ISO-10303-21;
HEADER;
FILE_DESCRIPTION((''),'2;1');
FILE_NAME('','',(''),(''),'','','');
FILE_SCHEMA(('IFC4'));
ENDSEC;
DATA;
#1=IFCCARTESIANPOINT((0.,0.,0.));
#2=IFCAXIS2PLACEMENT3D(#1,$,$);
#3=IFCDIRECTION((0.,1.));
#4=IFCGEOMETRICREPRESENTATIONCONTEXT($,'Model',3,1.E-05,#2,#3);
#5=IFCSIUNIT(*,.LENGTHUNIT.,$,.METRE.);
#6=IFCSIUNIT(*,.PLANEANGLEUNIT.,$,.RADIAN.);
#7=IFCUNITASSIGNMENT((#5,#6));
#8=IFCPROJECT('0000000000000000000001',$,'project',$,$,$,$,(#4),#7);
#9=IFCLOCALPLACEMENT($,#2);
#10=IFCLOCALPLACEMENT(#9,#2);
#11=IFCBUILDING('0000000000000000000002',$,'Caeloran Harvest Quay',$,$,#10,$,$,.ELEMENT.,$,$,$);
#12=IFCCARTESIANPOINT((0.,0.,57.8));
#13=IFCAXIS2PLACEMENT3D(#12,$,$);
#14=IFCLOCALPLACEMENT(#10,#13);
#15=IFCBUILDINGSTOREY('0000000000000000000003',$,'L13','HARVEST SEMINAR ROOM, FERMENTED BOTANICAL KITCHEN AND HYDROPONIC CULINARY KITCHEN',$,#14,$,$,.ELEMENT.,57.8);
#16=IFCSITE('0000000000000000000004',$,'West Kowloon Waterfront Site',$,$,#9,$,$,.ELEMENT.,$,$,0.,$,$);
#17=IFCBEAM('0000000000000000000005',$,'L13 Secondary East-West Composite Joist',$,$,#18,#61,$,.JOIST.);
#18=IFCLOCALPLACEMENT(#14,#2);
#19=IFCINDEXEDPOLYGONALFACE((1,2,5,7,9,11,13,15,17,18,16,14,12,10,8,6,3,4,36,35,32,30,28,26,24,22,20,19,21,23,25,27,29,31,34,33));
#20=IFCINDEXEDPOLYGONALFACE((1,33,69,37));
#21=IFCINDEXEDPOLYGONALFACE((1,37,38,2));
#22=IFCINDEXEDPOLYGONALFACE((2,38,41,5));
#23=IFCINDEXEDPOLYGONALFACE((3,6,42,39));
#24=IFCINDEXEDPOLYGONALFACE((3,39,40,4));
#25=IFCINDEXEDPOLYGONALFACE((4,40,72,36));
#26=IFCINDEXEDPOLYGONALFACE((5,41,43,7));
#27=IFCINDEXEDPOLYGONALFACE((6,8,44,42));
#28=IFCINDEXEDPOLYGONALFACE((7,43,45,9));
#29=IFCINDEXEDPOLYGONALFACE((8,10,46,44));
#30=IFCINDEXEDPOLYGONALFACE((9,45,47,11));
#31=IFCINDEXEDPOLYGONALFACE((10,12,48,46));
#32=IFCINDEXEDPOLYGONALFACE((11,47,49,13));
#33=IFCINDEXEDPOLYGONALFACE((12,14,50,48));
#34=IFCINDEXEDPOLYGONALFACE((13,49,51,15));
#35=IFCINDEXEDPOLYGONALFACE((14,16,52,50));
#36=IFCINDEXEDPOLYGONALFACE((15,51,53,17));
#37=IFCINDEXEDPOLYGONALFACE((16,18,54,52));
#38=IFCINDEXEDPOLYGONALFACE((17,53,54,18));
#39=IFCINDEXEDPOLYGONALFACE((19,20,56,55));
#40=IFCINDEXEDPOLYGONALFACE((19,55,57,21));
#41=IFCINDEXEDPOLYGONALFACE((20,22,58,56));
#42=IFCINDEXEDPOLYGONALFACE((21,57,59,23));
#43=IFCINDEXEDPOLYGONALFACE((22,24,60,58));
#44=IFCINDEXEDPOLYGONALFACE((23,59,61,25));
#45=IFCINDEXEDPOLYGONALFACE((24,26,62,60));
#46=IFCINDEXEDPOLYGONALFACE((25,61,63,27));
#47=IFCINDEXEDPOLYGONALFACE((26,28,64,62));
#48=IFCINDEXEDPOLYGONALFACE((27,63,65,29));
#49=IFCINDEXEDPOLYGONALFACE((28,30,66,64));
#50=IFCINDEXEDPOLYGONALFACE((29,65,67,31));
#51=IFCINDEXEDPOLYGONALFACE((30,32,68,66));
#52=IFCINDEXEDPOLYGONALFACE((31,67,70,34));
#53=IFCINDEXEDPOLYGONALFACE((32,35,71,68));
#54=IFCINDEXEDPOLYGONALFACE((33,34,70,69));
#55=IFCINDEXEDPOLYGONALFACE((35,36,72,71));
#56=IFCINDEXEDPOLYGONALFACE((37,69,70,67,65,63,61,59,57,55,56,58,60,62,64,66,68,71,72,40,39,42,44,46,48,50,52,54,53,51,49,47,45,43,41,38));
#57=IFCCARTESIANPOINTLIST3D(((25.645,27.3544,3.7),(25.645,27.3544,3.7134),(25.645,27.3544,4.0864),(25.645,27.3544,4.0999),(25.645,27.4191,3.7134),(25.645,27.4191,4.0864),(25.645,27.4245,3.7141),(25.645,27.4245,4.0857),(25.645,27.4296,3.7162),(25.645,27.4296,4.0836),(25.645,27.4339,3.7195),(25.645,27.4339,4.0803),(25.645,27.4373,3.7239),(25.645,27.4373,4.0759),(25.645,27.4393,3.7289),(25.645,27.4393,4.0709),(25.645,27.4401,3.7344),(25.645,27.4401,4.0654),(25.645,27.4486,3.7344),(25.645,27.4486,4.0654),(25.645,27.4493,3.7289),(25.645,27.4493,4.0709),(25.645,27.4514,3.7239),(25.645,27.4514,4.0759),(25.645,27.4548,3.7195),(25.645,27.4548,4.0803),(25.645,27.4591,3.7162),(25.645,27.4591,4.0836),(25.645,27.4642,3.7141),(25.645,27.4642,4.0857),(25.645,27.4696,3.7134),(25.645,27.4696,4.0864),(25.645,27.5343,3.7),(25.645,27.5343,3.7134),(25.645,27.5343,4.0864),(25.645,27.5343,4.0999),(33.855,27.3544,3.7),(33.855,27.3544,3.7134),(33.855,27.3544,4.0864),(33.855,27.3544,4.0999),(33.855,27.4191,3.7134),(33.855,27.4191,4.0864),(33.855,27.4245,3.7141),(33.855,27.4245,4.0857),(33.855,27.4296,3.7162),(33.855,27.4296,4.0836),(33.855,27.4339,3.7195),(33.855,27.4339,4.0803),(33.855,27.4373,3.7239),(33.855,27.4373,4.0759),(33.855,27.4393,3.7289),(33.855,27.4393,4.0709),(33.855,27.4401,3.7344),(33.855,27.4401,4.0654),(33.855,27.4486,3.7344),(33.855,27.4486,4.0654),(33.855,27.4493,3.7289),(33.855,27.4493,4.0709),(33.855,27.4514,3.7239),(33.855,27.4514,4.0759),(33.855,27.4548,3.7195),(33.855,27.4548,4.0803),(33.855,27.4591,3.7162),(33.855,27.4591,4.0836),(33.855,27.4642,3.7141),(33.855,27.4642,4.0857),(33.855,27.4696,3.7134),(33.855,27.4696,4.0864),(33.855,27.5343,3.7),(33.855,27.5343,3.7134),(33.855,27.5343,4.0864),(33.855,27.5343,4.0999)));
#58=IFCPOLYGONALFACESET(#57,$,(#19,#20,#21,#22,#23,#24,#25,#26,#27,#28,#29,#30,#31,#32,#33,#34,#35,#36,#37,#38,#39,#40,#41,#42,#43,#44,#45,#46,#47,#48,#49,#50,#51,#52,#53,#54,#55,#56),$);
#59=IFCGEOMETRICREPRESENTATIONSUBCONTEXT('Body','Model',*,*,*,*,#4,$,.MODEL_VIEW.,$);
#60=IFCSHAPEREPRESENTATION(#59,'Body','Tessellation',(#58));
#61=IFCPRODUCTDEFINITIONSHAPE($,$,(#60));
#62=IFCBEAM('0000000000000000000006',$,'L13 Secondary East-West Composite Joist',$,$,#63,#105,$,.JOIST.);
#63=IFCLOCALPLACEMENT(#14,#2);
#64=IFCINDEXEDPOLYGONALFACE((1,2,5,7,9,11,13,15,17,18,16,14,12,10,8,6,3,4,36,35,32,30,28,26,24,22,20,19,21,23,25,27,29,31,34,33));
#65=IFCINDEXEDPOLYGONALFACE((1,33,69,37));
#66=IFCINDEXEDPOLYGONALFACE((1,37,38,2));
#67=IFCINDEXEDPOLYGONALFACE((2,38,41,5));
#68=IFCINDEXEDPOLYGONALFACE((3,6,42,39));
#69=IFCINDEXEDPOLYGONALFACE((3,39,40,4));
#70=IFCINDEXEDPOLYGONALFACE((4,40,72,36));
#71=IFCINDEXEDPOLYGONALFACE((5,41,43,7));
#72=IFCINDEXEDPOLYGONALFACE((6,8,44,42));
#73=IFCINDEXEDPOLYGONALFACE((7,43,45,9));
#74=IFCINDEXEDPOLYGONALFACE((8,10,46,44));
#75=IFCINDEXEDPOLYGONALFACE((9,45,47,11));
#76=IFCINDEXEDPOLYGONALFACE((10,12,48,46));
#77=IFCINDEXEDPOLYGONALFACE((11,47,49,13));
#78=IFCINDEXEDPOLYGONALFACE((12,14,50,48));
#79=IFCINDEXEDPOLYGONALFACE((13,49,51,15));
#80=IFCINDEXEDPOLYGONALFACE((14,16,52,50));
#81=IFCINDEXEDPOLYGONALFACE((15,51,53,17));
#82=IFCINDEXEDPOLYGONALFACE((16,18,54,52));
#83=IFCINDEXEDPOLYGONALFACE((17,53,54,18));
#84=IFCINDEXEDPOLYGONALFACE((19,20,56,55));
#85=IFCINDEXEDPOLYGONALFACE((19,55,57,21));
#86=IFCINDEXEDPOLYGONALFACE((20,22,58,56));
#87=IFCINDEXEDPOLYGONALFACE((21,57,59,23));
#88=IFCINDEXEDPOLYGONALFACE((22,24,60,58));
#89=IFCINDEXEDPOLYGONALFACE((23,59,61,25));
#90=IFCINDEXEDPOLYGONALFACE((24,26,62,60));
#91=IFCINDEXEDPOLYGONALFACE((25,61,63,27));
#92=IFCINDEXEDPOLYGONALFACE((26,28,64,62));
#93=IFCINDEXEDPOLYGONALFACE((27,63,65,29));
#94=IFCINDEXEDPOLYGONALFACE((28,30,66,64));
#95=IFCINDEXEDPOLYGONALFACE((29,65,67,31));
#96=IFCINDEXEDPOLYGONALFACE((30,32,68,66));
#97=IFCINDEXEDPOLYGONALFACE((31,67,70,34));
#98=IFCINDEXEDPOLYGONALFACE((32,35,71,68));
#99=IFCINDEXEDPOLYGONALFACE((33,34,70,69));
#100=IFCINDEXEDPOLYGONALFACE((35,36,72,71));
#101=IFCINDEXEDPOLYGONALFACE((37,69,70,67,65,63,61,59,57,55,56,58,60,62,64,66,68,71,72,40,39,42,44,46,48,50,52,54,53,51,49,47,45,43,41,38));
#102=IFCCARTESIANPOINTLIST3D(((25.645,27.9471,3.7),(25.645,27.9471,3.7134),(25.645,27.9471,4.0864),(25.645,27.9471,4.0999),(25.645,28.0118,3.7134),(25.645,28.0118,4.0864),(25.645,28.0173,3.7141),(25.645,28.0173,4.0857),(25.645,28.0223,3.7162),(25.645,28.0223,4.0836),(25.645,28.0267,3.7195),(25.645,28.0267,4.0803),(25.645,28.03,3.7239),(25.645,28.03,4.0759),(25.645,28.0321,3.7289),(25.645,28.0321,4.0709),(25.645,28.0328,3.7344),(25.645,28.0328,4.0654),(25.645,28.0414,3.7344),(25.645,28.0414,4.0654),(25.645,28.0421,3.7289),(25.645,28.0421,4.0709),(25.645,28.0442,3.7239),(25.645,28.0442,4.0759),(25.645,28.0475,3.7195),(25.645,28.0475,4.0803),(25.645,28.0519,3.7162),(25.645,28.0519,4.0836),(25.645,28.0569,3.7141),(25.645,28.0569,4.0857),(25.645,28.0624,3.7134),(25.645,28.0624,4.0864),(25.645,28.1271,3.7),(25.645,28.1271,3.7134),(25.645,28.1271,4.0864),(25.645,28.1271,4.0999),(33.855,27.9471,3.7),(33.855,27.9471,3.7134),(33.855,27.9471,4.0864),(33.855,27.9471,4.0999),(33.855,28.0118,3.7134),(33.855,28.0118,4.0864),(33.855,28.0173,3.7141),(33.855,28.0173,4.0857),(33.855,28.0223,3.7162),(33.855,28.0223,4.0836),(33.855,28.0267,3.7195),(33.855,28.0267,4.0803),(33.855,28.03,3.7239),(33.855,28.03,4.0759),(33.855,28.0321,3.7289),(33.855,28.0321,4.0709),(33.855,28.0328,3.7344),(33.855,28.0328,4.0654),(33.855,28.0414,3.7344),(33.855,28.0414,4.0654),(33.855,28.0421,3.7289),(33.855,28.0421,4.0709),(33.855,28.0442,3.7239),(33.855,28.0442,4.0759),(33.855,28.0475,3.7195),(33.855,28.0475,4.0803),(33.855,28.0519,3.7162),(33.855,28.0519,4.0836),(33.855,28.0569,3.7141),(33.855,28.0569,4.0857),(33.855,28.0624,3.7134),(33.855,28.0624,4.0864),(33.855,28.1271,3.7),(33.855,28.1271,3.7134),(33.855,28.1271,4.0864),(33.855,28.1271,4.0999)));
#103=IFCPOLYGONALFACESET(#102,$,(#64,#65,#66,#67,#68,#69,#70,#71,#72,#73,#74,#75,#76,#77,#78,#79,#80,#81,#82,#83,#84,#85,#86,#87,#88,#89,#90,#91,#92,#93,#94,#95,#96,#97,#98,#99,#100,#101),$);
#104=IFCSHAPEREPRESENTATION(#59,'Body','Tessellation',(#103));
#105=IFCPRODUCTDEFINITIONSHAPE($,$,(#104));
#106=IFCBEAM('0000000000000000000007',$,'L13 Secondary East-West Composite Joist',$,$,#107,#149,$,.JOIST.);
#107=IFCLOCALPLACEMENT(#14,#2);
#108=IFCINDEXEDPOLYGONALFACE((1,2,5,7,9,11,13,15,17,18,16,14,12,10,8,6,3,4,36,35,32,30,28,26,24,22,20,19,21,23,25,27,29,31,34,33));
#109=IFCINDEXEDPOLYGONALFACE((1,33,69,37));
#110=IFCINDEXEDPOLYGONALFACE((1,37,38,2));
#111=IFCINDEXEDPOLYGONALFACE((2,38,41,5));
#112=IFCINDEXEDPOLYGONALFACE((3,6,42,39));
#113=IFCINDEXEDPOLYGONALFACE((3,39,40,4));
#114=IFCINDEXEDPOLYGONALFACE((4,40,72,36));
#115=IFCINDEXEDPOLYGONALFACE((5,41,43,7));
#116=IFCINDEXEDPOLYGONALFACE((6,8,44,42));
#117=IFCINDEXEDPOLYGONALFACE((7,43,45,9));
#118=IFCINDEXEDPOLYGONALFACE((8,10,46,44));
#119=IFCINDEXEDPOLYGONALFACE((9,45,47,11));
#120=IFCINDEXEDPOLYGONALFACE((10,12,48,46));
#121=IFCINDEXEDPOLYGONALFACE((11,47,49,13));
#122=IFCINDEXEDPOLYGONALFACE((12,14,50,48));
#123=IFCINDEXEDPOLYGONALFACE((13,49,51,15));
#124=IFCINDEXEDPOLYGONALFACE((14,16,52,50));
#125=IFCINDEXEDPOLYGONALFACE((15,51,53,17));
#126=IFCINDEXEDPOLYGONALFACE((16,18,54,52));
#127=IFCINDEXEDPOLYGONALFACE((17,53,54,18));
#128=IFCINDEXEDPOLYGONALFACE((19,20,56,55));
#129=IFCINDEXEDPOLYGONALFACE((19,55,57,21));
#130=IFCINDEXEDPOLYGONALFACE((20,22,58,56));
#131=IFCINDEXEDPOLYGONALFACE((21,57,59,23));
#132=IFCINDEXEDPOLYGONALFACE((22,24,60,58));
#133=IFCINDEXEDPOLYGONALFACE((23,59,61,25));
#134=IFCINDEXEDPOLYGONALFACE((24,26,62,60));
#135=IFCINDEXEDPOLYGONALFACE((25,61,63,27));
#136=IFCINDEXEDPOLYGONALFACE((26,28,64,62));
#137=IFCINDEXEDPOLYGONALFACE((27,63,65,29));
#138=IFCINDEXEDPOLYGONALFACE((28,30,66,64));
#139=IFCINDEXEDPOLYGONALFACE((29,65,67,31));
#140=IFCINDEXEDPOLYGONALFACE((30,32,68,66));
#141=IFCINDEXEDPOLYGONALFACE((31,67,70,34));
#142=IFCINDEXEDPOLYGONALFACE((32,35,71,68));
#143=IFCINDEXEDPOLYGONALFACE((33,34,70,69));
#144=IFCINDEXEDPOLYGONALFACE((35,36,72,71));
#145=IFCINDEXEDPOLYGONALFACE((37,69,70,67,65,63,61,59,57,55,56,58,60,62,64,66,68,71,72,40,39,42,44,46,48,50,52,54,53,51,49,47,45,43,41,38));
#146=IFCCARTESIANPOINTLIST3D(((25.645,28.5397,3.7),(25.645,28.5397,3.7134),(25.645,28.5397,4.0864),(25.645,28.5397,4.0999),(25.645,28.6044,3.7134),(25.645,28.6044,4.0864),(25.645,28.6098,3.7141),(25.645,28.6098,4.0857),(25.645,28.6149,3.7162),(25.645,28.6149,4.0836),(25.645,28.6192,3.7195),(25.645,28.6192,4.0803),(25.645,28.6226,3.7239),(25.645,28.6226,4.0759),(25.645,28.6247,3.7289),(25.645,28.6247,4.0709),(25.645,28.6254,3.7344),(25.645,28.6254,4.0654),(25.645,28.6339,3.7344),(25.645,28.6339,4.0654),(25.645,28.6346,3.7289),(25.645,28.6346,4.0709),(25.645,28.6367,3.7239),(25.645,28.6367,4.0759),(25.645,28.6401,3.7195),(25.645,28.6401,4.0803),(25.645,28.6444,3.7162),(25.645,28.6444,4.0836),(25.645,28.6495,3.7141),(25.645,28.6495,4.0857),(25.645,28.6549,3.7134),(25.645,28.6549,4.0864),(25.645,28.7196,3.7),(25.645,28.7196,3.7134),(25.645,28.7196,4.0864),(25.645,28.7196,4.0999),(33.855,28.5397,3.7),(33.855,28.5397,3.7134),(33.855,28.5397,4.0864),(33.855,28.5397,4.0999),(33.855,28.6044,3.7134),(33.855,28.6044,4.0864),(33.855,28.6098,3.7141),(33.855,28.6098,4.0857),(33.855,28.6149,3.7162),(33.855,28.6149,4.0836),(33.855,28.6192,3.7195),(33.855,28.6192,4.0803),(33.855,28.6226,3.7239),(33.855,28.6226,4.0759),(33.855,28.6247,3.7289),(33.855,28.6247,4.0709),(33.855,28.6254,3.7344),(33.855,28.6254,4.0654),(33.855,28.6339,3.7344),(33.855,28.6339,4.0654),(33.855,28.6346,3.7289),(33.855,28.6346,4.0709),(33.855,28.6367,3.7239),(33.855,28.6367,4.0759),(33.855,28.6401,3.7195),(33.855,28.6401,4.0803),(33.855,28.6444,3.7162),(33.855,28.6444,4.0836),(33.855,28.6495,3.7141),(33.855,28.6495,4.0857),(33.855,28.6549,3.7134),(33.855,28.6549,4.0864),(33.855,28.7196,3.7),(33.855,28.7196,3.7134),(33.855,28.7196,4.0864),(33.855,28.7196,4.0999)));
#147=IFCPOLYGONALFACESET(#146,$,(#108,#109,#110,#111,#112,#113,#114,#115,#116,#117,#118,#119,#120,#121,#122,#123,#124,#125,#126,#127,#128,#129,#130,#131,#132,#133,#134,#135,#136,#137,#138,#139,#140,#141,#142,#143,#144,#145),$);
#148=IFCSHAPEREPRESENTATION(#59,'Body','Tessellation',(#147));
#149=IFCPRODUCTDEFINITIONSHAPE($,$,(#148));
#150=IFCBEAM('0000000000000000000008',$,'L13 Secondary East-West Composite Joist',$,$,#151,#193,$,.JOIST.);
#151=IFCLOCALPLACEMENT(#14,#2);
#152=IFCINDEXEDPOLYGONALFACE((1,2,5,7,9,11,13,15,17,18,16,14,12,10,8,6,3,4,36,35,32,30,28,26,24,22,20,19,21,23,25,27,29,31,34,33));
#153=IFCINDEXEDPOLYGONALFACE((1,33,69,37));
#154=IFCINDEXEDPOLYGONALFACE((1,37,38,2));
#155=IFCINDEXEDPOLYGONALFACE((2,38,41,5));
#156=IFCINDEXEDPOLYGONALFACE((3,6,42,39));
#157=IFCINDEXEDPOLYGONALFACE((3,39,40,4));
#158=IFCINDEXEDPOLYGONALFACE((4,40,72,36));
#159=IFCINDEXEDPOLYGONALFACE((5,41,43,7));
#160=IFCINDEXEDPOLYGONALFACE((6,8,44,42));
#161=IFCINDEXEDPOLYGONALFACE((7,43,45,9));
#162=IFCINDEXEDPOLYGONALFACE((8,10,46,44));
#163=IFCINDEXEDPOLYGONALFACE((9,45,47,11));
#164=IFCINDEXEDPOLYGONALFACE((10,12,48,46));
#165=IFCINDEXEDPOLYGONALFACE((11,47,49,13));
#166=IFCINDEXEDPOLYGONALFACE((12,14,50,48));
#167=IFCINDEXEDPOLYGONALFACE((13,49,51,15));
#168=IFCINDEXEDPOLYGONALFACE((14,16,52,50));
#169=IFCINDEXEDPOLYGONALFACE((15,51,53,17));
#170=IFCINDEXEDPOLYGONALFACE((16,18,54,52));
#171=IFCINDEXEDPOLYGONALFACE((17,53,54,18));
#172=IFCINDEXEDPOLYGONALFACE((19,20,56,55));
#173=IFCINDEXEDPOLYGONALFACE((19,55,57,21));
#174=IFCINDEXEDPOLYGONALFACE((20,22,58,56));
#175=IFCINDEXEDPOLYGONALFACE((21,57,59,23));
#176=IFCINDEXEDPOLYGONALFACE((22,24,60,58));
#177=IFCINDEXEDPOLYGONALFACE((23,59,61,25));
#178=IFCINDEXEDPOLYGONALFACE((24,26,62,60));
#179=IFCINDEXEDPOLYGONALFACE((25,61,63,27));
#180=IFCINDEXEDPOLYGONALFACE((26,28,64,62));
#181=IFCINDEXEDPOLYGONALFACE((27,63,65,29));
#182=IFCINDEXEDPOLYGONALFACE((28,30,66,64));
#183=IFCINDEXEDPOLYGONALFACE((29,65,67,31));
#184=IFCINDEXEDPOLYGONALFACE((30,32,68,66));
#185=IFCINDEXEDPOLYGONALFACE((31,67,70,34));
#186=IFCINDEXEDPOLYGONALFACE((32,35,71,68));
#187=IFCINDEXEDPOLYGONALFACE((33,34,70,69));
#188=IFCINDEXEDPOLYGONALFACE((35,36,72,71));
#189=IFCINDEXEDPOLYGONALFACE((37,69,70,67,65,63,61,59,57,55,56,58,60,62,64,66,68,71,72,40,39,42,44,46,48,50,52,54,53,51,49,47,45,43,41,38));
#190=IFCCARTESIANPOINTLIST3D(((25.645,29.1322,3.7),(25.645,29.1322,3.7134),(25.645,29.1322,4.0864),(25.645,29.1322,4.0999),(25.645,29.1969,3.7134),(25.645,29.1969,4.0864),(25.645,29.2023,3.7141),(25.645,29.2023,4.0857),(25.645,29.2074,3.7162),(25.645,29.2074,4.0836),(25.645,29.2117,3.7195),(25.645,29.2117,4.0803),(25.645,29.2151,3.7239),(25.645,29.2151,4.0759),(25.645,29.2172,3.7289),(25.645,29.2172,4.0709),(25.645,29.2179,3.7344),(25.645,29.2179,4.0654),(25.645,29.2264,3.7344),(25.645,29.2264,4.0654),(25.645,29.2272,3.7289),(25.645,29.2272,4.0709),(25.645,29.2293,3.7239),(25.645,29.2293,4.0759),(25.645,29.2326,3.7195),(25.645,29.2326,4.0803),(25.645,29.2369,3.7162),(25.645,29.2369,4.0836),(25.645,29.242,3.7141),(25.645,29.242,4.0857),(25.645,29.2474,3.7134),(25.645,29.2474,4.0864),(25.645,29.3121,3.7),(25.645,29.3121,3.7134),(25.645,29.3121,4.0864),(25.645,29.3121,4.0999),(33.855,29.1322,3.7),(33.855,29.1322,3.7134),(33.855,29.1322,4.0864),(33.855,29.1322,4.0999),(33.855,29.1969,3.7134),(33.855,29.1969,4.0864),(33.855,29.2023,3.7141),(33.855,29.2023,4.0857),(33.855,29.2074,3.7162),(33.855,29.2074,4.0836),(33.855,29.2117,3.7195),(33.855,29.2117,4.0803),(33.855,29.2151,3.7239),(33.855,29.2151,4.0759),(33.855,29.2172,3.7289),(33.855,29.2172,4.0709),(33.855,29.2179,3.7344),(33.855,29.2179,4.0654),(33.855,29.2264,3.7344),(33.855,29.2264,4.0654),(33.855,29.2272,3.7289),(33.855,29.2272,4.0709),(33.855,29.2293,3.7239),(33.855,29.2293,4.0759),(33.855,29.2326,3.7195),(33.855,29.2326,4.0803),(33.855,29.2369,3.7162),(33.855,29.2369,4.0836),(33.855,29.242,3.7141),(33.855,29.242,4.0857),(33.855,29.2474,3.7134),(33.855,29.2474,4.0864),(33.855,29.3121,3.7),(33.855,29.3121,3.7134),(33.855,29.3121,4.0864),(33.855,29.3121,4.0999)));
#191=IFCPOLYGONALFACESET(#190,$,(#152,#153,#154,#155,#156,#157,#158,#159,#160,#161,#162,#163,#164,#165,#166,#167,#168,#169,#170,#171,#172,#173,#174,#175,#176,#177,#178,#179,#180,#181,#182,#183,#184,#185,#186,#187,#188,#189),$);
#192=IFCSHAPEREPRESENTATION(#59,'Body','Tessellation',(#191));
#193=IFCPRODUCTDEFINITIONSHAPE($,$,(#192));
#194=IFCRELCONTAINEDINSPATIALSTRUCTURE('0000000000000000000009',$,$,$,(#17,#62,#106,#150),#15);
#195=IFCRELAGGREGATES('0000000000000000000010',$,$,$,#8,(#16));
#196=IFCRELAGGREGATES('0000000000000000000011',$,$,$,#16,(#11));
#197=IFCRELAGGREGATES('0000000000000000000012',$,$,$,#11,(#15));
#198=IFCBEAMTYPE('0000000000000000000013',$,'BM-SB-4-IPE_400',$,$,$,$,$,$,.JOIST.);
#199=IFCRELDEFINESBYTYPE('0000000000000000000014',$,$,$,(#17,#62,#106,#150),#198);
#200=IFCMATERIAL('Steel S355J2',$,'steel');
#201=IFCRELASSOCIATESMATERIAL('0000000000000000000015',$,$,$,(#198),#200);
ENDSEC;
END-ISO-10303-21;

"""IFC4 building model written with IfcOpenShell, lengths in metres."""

from ifc_helpers import new_model, si_unit, direction, frame, origin, origin_2d, place, context, subcontext, project, spatial, i_section, extrude, material, material_profile, profile_set, type_object, element, save


model = new_model("IFC4")

# Units and contexts
model_context = context("Model", 3, precision=1e-05, world=origin(), true_north=direction((0.0, 1.0)))
body_context = subcontext(model_context, "Body", "Model", "MODEL_VIEW")
ifc_project = project(units=[si_unit("LENGTHUNIT", "METRE"), si_unit("PLANEANGLEUNIT", "RADIAN")], contexts=[model_context])

# Site, building, storey
site_placement = place(None, origin())
site = spatial("IfcSite", under=ifc_project, at=site_placement, Name="West Kowloon Waterfront Site", CompositionType="ELEMENT", RefElevation=0.0)
building_placement = place(site_placement, origin())
building = spatial("IfcBuilding", under=site, at=building_placement, Name="Caeloran Harvest Quay", CompositionType="ELEMENT")
storey_placement = place(building_placement, frame((0.0, 0.0, 57.8)))
storey = spatial("IfcBuildingStorey", under=building, at=storey_placement, Name="L13", Description="HARVEST SEMINAR ROOM, FERMENTED BOTANICAL KITCHEN AND HYDROPONIC CULINARY KITCHEN", CompositionType="ELEMENT", Elevation=57.8)

# Beams
ifc_material_1 = material(Name="Steel S355J2", Category="steel")
ifc_material_profile_1 = material_profile(ifc_material_1, i_section(OverallWidth=0.1799, OverallDepth=0.3999, WebThickness=0.0085, FlangeThickness=0.0134, FilletRadius=0.021, at=origin_2d()), Name="IPE 400")
ifc_profile_set_1 = profile_set([ifc_material_profile_1], Name="Steel S355J2")
beam_type_1 = type_object("IfcBeamType", Name="BM-SB-4-IPE_400", PredefinedType="JOIST", material=ifc_profile_set_1)
for number, where, z_axis, x_axis, name in (
    (1, (25.645, 27.4443, 3.8999), (1.0, 0.0, 0.0), (0.0, 1.0, 0.0), "L13 Secondary East-West Composite Joist"),
    (2, (25.645, 28.0371, 3.8999), (1.0, 0.0, 0.0), (0.0, 1.0, 0.0), "L13 Secondary East-West Composite Joist"),
    (3, (25.645, 28.6296, 3.8999), (1.0, 0.0, 0.0), (0.0, 1.0, 0.0), "L13 Secondary East-West Composite Joist"),
    (4, (25.645, 29.2222, 3.8999), (1.0, 0.0, 0.0), (0.0, 1.0, 0.0), "L13 Secondary East-West Composite Joist"),
):
    element("IfcBeam", number, at=place(storey_placement, frame(where, z_axis=z_axis, x_axis=x_axis)), inside=storey, type_object=beam_type_1, Name=name, PredefinedType="JOIST", context=body_context, shape_type="SweptSolid", body=[
        extrude(i_section(OverallWidth=0.1799, OverallDepth=0.3999, WebThickness=0.0085, FlangeThickness=0.0134, FilletRadius=0.021, at=origin_2d()), origin(), (0.0, 0.0, 1.0), 8.21),
    ])

save(model, "model.ifc")
